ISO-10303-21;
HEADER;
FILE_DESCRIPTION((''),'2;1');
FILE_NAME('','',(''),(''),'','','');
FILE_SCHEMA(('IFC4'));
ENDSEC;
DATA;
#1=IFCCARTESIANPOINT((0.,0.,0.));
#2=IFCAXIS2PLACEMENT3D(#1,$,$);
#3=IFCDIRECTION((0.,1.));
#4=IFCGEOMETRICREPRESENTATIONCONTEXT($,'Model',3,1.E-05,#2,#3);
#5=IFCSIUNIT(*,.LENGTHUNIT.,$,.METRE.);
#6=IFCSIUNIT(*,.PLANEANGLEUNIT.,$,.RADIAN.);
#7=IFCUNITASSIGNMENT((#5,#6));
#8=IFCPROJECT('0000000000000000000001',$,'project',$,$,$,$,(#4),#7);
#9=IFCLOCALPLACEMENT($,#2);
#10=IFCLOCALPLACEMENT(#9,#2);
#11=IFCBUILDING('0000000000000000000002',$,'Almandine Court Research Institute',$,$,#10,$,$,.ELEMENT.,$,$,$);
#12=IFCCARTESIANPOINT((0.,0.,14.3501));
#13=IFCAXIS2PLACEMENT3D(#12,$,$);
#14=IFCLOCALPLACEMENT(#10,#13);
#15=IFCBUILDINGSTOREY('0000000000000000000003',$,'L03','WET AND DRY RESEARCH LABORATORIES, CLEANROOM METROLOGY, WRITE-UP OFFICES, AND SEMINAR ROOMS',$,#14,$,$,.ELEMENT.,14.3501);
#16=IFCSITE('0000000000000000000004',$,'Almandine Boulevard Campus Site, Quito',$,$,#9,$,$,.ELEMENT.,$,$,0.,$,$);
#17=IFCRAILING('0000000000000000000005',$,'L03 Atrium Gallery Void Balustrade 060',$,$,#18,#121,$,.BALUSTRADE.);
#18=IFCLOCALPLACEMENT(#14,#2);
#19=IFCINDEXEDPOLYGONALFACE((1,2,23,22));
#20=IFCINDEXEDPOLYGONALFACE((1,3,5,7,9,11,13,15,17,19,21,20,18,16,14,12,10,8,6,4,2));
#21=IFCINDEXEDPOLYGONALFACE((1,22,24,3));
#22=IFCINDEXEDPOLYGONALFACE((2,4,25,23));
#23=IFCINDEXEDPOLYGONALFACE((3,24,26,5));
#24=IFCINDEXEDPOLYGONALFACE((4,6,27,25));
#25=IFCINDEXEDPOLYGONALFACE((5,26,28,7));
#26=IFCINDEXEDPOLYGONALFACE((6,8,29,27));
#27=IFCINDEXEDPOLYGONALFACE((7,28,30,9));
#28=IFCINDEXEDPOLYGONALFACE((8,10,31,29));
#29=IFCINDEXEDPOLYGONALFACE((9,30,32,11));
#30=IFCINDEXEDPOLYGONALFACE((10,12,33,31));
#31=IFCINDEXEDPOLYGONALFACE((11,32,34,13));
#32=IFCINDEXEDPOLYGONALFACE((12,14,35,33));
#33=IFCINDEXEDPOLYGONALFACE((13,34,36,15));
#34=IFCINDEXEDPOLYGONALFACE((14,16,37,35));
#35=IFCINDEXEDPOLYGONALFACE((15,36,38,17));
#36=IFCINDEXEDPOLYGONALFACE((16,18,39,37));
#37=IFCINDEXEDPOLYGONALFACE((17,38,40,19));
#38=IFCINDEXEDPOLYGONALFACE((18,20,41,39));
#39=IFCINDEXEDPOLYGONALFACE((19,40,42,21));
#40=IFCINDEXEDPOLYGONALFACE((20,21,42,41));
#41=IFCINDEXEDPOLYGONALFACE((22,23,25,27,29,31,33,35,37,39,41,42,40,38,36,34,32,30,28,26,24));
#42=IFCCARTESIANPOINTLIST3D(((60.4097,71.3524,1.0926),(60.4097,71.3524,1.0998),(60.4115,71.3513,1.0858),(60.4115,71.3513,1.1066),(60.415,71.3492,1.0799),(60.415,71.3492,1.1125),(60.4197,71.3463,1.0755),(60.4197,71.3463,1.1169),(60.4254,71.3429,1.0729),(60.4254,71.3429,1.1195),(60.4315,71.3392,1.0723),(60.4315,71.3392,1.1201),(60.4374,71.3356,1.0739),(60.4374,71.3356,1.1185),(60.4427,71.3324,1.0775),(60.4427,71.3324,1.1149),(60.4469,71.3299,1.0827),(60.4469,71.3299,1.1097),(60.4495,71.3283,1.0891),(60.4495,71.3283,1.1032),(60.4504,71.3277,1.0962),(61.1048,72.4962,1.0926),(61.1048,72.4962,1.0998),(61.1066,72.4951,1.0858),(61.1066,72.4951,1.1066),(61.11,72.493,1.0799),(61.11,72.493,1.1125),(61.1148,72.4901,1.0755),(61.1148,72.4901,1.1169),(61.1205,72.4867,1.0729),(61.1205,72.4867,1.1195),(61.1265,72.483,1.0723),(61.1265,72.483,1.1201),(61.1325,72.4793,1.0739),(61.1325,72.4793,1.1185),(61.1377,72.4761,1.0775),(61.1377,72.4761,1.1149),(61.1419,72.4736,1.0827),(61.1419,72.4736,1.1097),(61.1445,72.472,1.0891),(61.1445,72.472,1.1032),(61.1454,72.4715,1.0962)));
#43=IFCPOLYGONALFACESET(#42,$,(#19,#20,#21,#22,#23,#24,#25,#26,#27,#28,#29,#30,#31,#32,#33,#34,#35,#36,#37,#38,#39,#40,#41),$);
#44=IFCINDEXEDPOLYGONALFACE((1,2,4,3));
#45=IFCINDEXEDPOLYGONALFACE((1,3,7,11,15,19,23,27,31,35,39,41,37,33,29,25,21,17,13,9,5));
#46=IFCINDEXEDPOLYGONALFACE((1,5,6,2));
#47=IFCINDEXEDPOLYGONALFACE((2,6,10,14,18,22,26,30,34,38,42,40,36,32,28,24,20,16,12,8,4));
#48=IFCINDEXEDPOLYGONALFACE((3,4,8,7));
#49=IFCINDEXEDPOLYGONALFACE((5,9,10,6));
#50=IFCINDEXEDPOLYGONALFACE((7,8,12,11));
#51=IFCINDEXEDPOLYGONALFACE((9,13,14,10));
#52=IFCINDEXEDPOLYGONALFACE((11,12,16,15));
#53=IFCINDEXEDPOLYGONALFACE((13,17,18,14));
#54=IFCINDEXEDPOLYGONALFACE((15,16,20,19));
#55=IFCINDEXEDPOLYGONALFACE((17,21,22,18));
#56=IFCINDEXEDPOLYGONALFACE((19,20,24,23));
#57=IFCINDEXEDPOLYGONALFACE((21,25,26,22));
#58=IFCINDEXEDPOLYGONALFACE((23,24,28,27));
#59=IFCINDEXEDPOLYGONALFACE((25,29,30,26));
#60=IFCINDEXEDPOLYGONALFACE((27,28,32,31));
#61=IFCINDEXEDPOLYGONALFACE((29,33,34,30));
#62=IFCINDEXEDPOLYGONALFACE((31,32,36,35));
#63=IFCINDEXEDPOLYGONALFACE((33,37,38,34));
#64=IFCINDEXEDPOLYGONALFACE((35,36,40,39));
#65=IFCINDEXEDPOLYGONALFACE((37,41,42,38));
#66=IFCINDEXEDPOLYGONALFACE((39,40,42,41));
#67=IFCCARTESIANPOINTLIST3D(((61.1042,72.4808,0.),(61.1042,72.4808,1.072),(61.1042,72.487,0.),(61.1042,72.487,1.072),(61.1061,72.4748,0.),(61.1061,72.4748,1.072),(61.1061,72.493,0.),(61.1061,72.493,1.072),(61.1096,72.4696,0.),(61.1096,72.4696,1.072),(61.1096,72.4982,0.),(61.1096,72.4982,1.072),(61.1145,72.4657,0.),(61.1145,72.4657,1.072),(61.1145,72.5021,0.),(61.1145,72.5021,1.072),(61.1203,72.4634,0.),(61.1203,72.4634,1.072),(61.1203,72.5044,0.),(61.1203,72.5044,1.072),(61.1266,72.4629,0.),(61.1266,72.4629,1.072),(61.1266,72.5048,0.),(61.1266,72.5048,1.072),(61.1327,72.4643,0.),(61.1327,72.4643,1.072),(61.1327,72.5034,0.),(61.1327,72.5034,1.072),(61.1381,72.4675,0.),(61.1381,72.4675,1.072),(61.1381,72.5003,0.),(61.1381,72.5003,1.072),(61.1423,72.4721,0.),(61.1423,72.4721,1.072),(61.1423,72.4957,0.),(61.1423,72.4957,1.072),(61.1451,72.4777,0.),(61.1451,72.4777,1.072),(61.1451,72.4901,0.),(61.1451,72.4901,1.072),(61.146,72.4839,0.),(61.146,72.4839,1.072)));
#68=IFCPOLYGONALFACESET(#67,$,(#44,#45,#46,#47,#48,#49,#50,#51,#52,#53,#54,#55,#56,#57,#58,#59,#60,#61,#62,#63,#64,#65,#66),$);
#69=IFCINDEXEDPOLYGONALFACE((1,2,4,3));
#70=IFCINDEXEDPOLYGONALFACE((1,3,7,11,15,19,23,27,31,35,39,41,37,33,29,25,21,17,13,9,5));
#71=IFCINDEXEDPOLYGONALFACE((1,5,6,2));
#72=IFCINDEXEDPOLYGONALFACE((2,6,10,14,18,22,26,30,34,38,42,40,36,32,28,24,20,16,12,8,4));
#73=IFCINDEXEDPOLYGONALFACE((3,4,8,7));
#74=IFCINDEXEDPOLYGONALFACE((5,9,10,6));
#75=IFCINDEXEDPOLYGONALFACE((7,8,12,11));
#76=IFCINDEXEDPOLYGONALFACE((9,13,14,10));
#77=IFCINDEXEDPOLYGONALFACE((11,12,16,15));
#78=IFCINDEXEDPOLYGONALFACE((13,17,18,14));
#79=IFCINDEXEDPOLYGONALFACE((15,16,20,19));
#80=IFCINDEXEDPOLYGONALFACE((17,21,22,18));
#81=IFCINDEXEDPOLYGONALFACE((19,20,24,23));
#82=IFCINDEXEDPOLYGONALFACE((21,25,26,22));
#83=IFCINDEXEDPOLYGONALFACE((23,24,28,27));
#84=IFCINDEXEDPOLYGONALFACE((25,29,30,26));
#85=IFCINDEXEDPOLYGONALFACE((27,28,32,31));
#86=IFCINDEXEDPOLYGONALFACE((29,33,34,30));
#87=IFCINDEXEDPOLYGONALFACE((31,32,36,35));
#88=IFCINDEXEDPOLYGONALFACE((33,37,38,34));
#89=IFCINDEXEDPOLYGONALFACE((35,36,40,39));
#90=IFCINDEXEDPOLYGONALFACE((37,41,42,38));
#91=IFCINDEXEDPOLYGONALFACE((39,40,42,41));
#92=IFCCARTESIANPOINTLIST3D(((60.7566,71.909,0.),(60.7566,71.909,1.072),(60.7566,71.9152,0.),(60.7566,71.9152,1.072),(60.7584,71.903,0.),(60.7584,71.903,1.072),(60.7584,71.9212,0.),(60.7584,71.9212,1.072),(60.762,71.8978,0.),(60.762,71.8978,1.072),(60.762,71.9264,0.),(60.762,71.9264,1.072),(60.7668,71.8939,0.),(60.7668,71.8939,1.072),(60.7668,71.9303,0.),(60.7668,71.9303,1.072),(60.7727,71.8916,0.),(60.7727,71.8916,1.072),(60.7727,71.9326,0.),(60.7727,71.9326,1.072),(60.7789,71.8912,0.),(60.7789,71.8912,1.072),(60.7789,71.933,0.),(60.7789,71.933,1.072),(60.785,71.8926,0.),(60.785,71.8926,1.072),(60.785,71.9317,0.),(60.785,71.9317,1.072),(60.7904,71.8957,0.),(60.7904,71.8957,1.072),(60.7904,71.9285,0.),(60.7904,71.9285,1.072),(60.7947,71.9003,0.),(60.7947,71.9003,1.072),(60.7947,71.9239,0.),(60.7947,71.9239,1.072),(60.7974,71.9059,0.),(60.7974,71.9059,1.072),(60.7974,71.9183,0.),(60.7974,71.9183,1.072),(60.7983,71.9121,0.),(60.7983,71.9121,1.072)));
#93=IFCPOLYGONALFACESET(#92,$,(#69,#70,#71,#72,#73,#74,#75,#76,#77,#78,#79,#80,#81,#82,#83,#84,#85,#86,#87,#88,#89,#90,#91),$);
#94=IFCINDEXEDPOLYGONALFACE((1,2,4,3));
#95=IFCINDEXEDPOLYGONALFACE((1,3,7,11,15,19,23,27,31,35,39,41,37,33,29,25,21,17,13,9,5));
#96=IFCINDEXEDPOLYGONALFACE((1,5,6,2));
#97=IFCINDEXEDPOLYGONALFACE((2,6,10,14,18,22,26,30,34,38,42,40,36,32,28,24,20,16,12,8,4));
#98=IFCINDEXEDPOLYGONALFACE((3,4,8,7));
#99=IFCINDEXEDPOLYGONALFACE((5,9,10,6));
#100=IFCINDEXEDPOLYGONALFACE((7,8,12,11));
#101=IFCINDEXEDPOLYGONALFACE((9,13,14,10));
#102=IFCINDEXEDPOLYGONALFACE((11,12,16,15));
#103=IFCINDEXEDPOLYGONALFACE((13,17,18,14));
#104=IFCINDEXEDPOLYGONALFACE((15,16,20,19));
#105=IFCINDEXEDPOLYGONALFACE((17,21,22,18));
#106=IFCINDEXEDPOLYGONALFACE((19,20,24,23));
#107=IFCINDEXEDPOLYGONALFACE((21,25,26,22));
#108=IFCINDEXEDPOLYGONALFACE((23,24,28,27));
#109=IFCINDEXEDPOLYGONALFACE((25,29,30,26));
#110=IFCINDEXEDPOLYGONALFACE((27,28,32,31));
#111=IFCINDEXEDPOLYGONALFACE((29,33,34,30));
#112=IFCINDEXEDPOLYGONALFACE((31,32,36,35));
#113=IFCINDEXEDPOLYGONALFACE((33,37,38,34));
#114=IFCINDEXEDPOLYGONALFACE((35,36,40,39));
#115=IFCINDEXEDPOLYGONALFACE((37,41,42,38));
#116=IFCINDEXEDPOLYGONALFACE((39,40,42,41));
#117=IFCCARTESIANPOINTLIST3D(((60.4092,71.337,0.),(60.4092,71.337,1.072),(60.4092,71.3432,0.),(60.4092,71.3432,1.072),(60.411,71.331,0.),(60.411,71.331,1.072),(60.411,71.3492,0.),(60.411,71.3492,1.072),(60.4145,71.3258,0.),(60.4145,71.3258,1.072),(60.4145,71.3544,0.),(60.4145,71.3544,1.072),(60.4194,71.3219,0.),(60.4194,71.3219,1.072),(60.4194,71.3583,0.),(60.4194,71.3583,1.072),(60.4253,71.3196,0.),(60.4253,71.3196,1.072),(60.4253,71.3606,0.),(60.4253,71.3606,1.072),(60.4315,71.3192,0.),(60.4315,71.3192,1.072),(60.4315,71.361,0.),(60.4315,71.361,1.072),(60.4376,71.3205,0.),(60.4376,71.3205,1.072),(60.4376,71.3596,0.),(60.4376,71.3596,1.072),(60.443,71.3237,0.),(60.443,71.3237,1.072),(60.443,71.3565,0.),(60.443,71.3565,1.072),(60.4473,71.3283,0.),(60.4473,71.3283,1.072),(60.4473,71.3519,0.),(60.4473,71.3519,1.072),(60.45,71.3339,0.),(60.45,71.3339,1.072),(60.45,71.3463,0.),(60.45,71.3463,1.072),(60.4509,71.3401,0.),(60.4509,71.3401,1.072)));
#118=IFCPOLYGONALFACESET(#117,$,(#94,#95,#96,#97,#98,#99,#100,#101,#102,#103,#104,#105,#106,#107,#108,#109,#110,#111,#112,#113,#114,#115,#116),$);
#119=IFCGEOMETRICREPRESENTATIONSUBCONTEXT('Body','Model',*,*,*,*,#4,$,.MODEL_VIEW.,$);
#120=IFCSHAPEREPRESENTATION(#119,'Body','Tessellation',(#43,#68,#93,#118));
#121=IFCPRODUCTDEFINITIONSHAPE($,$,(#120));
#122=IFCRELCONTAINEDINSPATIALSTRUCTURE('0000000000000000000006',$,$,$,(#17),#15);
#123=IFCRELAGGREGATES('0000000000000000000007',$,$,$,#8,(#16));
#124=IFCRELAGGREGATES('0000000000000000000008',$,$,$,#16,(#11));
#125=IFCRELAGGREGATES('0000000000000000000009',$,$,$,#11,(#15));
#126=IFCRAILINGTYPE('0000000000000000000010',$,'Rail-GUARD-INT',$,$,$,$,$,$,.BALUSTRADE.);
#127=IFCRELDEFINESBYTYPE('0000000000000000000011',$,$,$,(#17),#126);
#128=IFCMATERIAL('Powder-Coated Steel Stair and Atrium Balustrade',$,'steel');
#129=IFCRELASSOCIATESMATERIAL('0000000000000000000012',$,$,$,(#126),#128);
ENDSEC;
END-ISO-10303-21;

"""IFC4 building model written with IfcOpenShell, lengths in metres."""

from ifc_helpers import new_model, si_unit, direction, frame, origin, origin_2d, place, context, subcontext, project, spatial, circle, extrude, material, type_object, element, save


model = new_model("IFC4")

# Units and contexts
model_context = context("Model", 3, precision=1e-05, world=origin(), true_north=direction((0.0, 1.0)))
body_context = subcontext(model_context, "Body", "Model", "MODEL_VIEW")
ifc_project = project(units=[si_unit("LENGTHUNIT", "METRE"), si_unit("PLANEANGLEUNIT", "RADIAN")], contexts=[model_context])

# Site, building, storey
site_placement = place(None, origin())
site = spatial("IfcSite", under=ifc_project, at=site_placement, Name="Almandine Boulevard Campus Site, Quito", CompositionType="ELEMENT", RefElevation=0.0)
building_placement = place(site_placement, origin())
building = spatial("IfcBuilding", under=site, at=building_placement, Name="Almandine Court Research Institute", CompositionType="ELEMENT")
storey_placement = place(building_placement, frame((0.0, 0.0, 14.3501)))
storey = spatial("IfcBuildingStorey", under=building, at=storey_placement, Name="L03", Description="WET AND DRY RESEARCH LABORATORIES, CLEANROOM METROLOGY, WRITE-UP OFFICES, AND SEMINAR ROOMS", CompositionType="ELEMENT", Elevation=14.3501)

# Railing
ifc_material_1 = material(Name="Powder-Coated Steel Stair and Atrium Balustrade", Category="steel")
railing_type = type_object("IfcRailingType", Name="Rail-GUARD-INT", PredefinedType="BALUSTRADE", material=ifc_material_1)
railing_1_placement = place(storey_placement, frame((61.125, 72.4839, 0.0)))
element("IfcRailing", 1, at=railing_1_placement, inside=storey, type_object=railing_type, Name="L03 Atrium Gallery Void Balustrade 060", PredefinedType="BALUSTRADE", context=body_context, shape_type="SweptSolid", body=[
    extrude(circle(Radius=0.0239, at=origin_2d()), frame((0.0, 0.0, 1.0962), z_axis=(-0.519316, -0.854582, 0.0), x_axis=(0.854582, -0.519316, 0.0)), (0.0, 0.0, 1.0), 1.3384),
    extrude(circle(Radius=0.021, at=origin_2d()), origin(), (0.0, 0.0, 1.0), 1.072),
    extrude(circle(Radius=0.021, at=origin_2d()), frame((-0.3477, -0.5718, 0.0)), (0.0, 0.0, 1.0), 1.072),
    extrude(circle(Radius=0.021, at=origin_2d()), frame((-0.6951, -1.1438, 0.0)), (0.0, 0.0, 1.0), 1.072),
])

save(model, "model.ifc")
